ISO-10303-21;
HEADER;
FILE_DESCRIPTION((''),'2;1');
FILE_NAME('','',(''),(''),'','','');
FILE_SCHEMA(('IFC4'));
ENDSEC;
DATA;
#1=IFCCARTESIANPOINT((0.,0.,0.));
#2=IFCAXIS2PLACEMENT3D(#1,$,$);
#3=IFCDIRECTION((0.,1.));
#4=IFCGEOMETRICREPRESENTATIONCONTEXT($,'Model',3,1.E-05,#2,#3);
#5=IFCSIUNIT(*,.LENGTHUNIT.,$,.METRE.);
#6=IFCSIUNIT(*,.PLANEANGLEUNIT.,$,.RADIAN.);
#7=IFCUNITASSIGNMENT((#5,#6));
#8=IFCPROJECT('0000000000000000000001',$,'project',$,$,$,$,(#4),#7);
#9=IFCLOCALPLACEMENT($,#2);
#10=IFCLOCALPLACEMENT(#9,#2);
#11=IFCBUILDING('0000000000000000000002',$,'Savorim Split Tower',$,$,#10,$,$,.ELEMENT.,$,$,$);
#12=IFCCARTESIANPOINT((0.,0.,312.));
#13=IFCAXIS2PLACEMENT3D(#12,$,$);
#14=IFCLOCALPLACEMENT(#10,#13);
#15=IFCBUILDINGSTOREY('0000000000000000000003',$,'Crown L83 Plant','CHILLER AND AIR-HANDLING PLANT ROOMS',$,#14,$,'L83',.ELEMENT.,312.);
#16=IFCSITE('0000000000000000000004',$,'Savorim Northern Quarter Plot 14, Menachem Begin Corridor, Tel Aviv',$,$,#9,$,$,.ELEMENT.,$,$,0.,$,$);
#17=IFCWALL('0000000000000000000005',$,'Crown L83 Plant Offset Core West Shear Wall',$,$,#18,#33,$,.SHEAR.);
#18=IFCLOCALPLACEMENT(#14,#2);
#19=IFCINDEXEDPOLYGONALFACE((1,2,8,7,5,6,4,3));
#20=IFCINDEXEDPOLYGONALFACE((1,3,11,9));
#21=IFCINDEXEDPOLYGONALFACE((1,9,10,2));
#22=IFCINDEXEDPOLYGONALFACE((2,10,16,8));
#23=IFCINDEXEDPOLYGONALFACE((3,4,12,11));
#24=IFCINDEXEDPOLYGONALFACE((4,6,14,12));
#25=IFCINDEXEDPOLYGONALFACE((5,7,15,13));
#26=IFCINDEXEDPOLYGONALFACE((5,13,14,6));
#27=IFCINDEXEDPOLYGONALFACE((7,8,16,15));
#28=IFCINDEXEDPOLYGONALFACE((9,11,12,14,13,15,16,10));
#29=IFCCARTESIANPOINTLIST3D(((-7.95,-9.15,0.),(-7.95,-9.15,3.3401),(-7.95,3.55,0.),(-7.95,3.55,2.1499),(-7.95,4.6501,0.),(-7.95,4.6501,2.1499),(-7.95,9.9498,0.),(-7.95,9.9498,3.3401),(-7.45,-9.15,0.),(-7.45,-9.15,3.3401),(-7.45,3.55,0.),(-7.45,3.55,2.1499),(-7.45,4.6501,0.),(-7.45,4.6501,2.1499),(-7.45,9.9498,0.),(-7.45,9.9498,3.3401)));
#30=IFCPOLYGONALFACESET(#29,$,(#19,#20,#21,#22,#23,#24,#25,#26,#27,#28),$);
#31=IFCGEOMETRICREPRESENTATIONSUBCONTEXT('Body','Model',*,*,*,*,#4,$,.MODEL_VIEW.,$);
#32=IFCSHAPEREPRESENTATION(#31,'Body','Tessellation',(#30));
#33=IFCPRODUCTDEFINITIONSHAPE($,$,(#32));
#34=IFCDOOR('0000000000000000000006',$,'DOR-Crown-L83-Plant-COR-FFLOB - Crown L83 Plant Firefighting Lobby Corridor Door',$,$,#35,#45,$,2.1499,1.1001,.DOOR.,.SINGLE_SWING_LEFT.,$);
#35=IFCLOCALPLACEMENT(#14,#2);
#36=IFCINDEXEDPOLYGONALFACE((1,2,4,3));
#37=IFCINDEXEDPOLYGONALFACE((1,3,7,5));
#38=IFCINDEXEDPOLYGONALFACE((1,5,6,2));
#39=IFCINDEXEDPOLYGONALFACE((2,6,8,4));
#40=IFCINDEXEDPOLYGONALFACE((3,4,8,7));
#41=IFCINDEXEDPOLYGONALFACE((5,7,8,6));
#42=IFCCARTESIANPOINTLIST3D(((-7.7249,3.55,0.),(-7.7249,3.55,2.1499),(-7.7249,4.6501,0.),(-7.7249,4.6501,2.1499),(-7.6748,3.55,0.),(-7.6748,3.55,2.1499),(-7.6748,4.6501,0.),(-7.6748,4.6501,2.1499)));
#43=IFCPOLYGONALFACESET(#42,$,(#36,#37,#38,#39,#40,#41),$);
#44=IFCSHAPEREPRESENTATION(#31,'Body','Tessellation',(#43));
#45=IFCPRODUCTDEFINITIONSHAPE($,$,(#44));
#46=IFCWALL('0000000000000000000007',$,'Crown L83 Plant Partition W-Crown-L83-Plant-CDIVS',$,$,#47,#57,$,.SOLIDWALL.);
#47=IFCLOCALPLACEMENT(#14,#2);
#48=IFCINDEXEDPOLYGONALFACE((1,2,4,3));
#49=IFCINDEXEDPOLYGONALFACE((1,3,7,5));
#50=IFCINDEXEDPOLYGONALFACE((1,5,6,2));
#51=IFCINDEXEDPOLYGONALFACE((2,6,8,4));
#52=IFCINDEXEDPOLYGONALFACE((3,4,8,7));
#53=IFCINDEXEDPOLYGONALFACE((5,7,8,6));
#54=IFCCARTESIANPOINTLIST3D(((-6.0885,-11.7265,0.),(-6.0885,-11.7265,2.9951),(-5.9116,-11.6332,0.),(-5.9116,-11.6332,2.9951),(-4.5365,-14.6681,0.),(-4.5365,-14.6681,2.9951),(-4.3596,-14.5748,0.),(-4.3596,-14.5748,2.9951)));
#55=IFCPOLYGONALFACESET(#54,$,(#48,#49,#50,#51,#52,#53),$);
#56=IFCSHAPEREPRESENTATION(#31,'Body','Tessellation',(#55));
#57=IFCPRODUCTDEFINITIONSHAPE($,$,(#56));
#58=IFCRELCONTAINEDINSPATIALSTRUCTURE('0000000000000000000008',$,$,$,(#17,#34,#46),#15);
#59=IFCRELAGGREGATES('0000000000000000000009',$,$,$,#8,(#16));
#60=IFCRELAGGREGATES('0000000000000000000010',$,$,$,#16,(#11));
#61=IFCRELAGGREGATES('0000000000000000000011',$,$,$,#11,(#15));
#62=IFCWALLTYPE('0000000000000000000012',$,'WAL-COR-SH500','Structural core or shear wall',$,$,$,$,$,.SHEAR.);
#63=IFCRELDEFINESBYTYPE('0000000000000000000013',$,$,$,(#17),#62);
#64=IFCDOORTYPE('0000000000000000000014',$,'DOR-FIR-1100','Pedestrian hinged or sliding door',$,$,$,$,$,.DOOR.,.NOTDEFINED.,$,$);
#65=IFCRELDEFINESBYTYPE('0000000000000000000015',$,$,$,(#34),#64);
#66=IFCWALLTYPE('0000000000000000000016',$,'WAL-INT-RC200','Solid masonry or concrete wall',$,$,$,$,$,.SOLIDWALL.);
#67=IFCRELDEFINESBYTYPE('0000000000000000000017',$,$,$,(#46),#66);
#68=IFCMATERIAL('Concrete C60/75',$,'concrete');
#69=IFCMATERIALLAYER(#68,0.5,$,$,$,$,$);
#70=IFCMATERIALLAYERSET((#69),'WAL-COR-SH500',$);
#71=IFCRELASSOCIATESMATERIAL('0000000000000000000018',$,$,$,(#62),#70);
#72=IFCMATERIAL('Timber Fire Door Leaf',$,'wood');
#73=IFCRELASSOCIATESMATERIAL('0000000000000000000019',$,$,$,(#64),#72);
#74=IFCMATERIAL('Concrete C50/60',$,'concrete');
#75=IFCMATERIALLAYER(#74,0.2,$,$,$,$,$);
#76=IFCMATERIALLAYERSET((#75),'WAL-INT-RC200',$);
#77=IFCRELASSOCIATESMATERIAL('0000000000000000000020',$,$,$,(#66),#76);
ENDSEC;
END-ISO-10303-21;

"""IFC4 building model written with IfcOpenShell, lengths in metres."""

from ifc_helpers import new_model, si_unit, direction, frame, frame_2d, origin, place, context, subcontext, project, spatial, rectangle, extrude, material, layer, layer_set, type_object, element, fill, save


model = new_model("IFC4")

# Units and contexts
model_context = context("Model", 3, precision=1e-05, world=origin(), true_north=direction((0.0, 1.0)))
body_context = subcontext(model_context, "Body", "Model", "MODEL_VIEW")
ifc_project = project(units=[si_unit("LENGTHUNIT", "METRE"), si_unit("PLANEANGLEUNIT", "RADIAN")], contexts=[model_context])

# Site, building, storey
site_placement = place(None, origin())
site = spatial("IfcSite", under=ifc_project, at=site_placement, Name="Savorim Northern Quarter Plot 14, Menachem Begin Corridor, Tel Aviv", CompositionType="ELEMENT", RefElevation=0.0)
building_placement = place(site_placement, origin())
building = spatial("IfcBuilding", under=site, at=building_placement, Name="Savorim Split Tower", CompositionType="ELEMENT")
storey_placement = place(building_placement, frame((0.0, 0.0, 312.0)))
storey = spatial("IfcBuildingStorey", under=building, at=storey_placement, Name="Crown L83 Plant", Description="CHILLER AND AIR-HANDLING PLANT ROOMS", LongName="L83", CompositionType="ELEMENT", Elevation=312.0)

# Wall, opening, door
ifc_material_1 = material(Name="Concrete C60/75", Category="concrete")
ifc_layer_1 = layer(ifc_material_1, 0.5)
ifc_layer_set_1 = layer_set([ifc_layer_1], Name="WAL-COR-SH500")
wall_type_1 = type_object("IfcWallType", Name="WAL-COR-SH500", Description="Structural core or shear wall", PredefinedType="SHEAR", material=ifc_layer_set_1)
ifc_material_2 = material(Name="Timber Fire Door Leaf", Category="wood")
wall_1_placement = place(storey_placement, frame((-7.7, -9.1499, 0.0), z_axis=(0.0, 0.0, 1.0), x_axis=(0.0, 1.0, 0.0)))
wall_1 = element("IfcWall", 1, at=wall_1_placement, inside=storey, type_object=wall_type_1, Name="Crown L83 Plant Offset Core West Shear Wall", PredefinedType="SHEAR", context=body_context, shape_type="SweptSolid", body=[
    extrude(rectangle(XDim=19.0999, YDim=0.5, at=frame_2d((9.5498, 0.0))), origin(), (0.0, 0.0, 1.0), 3.3401),
])
opening_1_placement = place(wall_1_placement, frame((12.7, 0.0, 0.0)))
opening_1 = element("IfcOpeningElement", 2, at=opening_1_placement, cuts=wall_1, PredefinedType="OPENING", context=body_context, shape_type="SweptSolid", body=[
    extrude(rectangle(XDim=1.1001, YDim=2.1499, at=frame_2d((0.55, 1.075))), frame((0.0, 0.26, 0.0), z_axis=(0.0, -1.0, 0.0), x_axis=(1.0, 0.0, 0.0)), (0.0, 0.0, 1.0), 0.52),
])
door_type_1 = type_object("IfcDoorType", Name="DOR-FIR-1100", Description="Pedestrian hinged or sliding door", OperationType="NOTDEFINED", PredefinedType="DOOR", material=ifc_material_2)
door_1_placement = place(opening_1_placement, origin())
door_1 = element("IfcDoor", 3, at=door_1_placement, inside=storey, type_object=door_type_1, Name="DOR-Crown-L83-Plant-COR-FFLOB - Crown L83 Plant Firefighting Lobby Corridor Door", OperationType="SINGLE_SWING_LEFT", OverallHeight=2.1499, OverallWidth=1.1001, PredefinedType="DOOR", context=body_context, shape_type="SweptSolid", body=[
    extrude(rectangle(XDim=1.1001, YDim=2.1499, at=frame_2d((0.55, 1.075))), frame((0.0, 0.0249, 0.0), z_axis=(0.0, -1.0, 0.0), x_axis=(1.0, 0.0, 0.0)), (0.0, 0.0, 1.0), 0.05),
])
fill(opening_1, door_1)

# Wall
ifc_material_3 = material(Name="Concrete C50/60", Category="concrete")
ifc_layer_2 = layer(ifc_material_3, 0.2)
ifc_layer_set_2 = layer_set([ifc_layer_2], Name="WAL-INT-RC200")
wall_type_2 = type_object("IfcWallType", Name="WAL-INT-RC200", Description="Solid masonry or concrete wall", PredefinedType="SOLIDWALL", material=ifc_layer_set_2)
wall_2_placement = place(storey_placement, frame((-4.448, -14.6216, 0.0), z_axis=(0.0, 0.0, 1.0), x_axis=(-0.466633, 0.884451, 0.0)))
element("IfcWall", 4, at=wall_2_placement, inside=storey, type_object=wall_type_2, Name="Crown L83 Plant Partition W-Crown-L83-Plant-CDIVS", PredefinedType="SOLIDWALL", context=body_context, shape_type="SweptSolid", body=[
    extrude(rectangle(XDim=3.3259, YDim=0.2, at=frame_2d((1.6631, 0.0))), origin(), (0.0, 0.0, 1.0), 2.9951),
])

save(model, "model.ifc")
